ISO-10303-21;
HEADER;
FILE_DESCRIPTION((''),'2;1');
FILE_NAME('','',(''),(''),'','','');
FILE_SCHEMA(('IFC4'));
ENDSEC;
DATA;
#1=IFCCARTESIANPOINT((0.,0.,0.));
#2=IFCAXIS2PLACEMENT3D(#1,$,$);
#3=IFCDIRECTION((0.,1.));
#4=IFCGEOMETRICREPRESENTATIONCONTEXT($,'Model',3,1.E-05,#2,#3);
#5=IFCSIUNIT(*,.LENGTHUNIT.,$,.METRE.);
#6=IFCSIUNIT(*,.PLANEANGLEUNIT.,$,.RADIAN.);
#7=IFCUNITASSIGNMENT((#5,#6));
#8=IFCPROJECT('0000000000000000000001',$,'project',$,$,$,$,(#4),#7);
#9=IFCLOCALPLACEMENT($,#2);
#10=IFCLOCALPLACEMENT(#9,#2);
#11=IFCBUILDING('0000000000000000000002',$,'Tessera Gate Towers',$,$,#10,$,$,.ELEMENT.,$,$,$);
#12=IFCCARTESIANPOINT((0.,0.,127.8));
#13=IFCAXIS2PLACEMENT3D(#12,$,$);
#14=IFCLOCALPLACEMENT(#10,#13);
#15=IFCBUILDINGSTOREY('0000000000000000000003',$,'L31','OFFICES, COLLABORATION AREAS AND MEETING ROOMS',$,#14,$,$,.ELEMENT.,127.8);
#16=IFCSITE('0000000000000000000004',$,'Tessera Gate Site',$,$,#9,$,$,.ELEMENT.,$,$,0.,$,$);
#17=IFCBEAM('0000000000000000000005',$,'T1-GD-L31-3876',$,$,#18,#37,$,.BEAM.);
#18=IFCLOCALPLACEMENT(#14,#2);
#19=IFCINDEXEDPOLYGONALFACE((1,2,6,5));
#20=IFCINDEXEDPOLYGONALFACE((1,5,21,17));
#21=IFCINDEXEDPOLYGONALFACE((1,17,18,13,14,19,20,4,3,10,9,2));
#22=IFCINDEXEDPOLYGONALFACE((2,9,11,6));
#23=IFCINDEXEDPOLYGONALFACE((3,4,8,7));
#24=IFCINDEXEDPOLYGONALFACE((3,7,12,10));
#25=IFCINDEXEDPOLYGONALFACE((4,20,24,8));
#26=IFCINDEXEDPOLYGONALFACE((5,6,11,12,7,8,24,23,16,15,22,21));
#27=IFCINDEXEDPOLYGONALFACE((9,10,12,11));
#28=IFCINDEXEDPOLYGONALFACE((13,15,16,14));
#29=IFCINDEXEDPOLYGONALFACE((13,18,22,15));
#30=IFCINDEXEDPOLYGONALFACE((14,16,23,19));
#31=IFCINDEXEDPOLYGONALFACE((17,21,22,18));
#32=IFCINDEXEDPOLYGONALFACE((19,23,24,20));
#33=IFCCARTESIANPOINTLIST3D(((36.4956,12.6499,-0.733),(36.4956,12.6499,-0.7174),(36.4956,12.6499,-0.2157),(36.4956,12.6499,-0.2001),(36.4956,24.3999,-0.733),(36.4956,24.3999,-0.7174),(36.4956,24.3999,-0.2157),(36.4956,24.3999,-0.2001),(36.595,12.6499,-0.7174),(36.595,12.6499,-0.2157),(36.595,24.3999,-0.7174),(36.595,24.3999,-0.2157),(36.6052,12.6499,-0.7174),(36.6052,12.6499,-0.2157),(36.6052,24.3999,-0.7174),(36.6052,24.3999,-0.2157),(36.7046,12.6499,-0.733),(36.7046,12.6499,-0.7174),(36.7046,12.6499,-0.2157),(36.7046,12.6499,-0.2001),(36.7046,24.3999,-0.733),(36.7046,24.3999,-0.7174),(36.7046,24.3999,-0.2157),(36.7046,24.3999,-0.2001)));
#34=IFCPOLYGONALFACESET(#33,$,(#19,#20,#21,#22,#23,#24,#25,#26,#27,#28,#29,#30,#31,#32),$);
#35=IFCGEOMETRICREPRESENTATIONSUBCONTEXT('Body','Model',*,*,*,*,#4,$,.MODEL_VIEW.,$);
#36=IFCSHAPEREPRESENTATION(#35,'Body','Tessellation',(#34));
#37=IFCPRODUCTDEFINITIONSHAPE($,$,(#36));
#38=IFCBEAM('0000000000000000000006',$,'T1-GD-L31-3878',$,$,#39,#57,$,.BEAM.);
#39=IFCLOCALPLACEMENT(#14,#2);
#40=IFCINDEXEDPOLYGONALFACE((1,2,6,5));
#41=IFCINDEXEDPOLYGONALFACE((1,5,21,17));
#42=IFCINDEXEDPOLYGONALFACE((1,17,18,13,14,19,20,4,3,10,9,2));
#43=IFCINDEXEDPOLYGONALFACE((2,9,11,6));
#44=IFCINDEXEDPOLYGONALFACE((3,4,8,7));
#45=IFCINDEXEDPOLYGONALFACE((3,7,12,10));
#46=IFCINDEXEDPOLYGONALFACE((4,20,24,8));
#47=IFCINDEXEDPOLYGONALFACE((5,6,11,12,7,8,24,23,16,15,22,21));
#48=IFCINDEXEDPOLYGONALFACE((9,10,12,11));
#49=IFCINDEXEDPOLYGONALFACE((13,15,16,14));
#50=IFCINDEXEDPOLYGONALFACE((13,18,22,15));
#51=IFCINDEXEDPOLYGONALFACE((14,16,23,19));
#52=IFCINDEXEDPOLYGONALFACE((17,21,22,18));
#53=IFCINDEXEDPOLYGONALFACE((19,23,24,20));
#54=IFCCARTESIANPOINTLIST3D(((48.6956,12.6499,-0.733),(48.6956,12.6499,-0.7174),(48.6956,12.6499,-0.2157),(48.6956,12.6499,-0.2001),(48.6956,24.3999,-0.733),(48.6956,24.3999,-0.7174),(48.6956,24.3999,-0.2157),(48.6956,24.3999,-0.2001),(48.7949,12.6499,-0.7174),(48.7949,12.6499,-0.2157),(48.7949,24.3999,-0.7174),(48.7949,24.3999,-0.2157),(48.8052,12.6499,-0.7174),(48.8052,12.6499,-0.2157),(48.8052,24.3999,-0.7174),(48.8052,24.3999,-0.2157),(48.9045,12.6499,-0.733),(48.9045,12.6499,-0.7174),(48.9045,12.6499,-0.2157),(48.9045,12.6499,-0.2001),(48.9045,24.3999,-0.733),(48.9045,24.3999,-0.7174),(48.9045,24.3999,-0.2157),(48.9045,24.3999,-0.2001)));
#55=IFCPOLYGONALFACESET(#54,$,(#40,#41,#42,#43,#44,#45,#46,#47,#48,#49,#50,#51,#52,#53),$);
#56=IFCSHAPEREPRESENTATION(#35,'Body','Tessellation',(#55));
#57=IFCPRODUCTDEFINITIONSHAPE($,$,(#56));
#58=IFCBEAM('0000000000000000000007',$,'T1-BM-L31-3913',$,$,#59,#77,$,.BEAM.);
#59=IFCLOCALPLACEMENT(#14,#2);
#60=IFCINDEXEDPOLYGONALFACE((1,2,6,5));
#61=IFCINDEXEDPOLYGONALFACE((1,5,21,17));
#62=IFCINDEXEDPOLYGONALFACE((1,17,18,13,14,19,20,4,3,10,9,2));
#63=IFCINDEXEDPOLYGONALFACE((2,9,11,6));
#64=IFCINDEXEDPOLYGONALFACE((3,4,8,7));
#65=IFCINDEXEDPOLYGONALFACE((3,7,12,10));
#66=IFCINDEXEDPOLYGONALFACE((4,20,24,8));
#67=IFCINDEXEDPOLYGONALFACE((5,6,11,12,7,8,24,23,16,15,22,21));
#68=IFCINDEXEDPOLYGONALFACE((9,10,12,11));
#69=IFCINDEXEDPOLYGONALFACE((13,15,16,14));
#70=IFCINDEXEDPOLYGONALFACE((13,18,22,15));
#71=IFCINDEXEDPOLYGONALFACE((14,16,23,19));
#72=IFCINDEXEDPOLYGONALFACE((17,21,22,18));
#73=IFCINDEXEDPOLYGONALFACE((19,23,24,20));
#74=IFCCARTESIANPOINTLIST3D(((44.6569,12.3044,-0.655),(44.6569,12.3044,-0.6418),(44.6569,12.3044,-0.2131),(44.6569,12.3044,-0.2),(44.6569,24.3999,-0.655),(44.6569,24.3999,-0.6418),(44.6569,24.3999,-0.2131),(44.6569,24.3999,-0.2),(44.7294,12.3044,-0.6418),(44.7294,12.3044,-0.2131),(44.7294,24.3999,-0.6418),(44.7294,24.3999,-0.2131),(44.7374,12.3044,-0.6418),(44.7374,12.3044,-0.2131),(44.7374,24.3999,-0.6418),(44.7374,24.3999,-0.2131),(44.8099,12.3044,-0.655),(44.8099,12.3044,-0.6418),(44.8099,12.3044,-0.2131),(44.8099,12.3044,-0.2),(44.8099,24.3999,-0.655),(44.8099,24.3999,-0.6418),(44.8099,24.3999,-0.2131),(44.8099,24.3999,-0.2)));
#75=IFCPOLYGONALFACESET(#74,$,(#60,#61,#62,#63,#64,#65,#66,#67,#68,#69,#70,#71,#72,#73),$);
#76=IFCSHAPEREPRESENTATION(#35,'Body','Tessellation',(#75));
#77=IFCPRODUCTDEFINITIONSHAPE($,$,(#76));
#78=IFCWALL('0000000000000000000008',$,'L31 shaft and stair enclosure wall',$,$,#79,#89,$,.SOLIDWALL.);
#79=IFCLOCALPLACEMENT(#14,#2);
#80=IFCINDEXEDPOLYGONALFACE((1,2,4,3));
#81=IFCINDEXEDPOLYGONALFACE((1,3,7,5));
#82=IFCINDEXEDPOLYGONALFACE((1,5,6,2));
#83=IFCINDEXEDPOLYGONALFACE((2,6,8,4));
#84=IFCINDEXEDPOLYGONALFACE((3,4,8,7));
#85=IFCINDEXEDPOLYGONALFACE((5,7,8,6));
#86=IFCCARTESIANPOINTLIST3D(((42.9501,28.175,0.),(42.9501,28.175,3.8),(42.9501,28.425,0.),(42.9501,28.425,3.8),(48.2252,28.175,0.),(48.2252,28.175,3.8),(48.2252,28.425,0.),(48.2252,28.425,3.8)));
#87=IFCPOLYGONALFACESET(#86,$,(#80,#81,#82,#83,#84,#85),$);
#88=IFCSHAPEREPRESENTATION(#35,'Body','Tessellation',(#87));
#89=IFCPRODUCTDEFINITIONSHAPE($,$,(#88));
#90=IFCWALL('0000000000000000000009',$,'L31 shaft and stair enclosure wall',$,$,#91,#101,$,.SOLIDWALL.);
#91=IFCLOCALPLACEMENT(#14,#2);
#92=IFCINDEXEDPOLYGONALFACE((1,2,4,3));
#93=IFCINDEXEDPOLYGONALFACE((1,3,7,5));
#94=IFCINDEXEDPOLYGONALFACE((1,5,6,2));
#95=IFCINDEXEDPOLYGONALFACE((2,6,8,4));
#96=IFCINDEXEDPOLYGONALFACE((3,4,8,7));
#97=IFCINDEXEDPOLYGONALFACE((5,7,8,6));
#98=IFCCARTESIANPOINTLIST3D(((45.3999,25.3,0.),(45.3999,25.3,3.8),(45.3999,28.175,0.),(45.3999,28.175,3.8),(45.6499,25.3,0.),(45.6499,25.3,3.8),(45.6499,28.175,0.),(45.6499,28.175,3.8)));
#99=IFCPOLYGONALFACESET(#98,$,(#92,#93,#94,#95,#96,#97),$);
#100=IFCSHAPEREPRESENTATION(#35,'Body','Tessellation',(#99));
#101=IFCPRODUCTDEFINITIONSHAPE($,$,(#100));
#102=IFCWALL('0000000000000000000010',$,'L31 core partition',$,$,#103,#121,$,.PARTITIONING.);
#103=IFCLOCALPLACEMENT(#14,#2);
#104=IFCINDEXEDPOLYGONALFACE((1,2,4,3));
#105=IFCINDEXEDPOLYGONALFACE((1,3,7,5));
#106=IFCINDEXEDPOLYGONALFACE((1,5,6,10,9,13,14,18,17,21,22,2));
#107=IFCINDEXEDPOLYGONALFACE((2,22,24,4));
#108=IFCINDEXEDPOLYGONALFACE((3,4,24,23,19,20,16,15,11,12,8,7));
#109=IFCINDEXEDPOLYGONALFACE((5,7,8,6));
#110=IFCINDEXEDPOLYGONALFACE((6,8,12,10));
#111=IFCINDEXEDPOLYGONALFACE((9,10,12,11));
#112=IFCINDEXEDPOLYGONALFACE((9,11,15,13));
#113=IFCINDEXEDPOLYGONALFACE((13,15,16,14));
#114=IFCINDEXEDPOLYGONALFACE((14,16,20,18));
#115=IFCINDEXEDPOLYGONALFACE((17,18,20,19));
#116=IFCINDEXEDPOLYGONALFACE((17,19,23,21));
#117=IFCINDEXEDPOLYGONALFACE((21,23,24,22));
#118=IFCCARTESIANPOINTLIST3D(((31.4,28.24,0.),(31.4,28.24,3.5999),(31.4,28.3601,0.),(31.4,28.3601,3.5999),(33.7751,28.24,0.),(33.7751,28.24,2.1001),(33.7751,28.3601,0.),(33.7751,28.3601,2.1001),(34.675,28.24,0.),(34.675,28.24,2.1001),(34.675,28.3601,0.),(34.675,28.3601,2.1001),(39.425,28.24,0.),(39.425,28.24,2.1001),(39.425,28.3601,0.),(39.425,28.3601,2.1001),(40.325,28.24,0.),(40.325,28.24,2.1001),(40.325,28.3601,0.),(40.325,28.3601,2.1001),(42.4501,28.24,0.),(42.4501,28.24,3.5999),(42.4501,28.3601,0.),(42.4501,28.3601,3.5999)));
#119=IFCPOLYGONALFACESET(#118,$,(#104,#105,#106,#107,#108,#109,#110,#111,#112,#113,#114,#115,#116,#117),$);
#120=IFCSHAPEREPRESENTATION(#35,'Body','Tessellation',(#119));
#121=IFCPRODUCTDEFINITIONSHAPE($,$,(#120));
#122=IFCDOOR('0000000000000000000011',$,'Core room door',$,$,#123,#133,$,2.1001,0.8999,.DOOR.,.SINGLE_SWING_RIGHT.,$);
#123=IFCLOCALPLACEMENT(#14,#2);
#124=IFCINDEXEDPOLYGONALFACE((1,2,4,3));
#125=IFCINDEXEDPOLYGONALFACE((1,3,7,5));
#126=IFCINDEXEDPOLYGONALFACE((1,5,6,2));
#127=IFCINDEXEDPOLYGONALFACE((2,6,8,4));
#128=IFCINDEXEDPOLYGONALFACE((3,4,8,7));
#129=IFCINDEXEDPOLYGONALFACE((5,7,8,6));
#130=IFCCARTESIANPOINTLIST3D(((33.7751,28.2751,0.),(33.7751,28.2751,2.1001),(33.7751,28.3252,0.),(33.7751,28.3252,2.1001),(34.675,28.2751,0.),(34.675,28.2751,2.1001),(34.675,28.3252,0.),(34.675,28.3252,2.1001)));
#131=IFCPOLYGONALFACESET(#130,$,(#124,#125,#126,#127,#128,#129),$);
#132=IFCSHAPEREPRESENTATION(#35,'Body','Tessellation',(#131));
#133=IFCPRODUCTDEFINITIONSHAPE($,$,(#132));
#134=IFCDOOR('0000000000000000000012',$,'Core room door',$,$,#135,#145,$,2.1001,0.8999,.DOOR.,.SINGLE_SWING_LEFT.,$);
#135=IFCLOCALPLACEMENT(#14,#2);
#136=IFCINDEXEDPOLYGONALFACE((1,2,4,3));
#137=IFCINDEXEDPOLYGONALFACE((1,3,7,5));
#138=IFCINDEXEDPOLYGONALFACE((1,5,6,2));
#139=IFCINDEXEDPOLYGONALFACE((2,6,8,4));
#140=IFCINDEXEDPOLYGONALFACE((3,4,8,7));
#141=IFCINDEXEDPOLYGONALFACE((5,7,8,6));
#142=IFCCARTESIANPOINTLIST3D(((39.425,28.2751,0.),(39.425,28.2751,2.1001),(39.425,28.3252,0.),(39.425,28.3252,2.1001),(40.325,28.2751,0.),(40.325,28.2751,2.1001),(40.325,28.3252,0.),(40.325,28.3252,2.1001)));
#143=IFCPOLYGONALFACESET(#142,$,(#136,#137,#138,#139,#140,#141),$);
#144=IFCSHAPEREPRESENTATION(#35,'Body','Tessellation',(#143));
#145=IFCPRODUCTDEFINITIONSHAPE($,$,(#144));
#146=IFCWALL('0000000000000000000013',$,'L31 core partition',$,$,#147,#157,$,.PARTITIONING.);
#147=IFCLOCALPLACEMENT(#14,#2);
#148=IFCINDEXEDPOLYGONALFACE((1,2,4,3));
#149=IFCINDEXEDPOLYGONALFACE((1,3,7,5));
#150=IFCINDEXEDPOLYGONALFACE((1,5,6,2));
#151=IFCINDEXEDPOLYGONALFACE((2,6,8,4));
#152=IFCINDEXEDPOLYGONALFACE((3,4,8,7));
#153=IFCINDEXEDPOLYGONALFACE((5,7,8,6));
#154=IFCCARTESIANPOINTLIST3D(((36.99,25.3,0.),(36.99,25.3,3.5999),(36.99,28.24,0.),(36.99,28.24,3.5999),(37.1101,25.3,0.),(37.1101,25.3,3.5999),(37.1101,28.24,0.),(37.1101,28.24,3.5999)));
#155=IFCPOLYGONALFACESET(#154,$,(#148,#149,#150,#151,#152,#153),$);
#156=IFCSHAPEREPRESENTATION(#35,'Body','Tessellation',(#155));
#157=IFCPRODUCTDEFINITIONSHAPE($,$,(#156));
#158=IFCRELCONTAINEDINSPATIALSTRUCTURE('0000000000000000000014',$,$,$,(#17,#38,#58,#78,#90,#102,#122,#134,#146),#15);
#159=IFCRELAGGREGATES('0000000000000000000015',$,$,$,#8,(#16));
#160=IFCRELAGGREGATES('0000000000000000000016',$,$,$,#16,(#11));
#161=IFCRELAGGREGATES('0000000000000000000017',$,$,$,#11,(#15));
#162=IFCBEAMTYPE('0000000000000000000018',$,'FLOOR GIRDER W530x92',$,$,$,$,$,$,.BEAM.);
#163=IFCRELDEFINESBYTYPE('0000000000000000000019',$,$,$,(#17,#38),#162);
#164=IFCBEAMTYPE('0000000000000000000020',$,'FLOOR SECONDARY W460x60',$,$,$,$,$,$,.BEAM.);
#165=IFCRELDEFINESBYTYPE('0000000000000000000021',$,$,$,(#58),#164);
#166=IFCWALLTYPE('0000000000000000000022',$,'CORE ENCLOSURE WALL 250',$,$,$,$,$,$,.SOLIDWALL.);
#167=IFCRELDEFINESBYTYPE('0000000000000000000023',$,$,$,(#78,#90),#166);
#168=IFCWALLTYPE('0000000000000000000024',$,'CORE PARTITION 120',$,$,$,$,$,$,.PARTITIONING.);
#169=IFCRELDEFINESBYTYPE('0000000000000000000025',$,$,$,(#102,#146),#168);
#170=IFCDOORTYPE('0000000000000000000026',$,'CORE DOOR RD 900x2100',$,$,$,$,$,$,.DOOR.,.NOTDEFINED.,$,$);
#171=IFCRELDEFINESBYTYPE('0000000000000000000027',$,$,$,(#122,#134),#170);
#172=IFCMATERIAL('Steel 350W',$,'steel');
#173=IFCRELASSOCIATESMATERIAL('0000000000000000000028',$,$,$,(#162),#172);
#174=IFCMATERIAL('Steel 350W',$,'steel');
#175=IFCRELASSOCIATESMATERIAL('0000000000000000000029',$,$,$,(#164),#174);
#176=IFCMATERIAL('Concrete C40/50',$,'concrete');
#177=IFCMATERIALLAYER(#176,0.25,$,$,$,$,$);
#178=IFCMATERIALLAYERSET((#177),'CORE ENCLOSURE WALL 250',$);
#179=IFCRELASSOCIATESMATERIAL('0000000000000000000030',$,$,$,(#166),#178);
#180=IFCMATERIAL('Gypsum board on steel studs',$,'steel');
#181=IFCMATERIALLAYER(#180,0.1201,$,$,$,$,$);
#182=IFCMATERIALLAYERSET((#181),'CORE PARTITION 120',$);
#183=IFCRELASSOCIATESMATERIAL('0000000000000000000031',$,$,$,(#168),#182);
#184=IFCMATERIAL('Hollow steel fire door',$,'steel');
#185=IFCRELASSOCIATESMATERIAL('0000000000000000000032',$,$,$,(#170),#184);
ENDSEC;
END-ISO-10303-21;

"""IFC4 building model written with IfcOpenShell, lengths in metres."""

from ifc_helpers import new_model, si_unit, direction, frame, frame_2d, origin, origin_2d, place, context, subcontext, project, spatial, rectangle, i_section, extrude, source, transform, mapped, material, layer, layer_set, material_profile, profile_set, type_object, element, fill, save


model = new_model("IFC4")

# Units and contexts
model_context = context("Model", 3, precision=1e-05, world=origin(), true_north=direction((0.0, 1.0)))
body_context = subcontext(model_context, "Body", "Model", "MODEL_VIEW")
ifc_project = project(units=[si_unit("LENGTHUNIT", "METRE"), si_unit("PLANEANGLEUNIT", "RADIAN")], contexts=[model_context])

# Site, building, storey
site_placement = place(None, origin())
site = spatial("IfcSite", under=ifc_project, at=site_placement, Name="Tessera Gate Site", CompositionType="ELEMENT", RefElevation=0.0)
building_placement = place(site_placement, origin())
building = spatial("IfcBuilding", under=site, at=building_placement, Name="Tessera Gate Towers", CompositionType="ELEMENT")
storey_placement = place(building_placement, frame((0.0, 0.0, 127.8)))
storey = spatial("IfcBuildingStorey", under=building, at=storey_placement, Name="L31", Description="OFFICES, COLLABORATION AREAS AND MEETING ROOMS", CompositionType="ELEMENT", Elevation=127.8)

# Beams
ifc_material_1 = material(Name="Steel 350W", Category="steel")
ifc_material_profile_1 = material_profile(ifc_material_1, i_section(OverallWidth=0.209, OverallDepth=0.533, WebThickness=0.0103, FlangeThickness=0.0156, at=origin_2d()), Name="W530x92")
ifc_profile_set_1 = profile_set([ifc_material_profile_1], Name="Steel 350W")
beam_type_1 = type_object("IfcBeamType", Name="FLOOR GIRDER W530x92", PredefinedType="BEAM", material=ifc_profile_set_1)
for number, where, z_axis, x_axis, name in (
    (1, (36.6001, 12.6499, -0.4666), (0.0, 1.0, 0.0), (-1.0, 0.0, 0.0), "T1-GD-L31-3876"),
    (2, (48.8, 12.6499, -0.4666), (0.0, 1.0, 0.0), (-1.0, 0.0, 0.0), "T1-GD-L31-3878"),
):
    element("IfcBeam", number, at=place(storey_placement, frame(where, z_axis=z_axis, x_axis=x_axis)), inside=storey, type_object=beam_type_1, Name=name, PredefinedType="BEAM", context=body_context, shape_type="SweptSolid", body=[
        extrude(i_section(OverallWidth=0.209, OverallDepth=0.533, WebThickness=0.0103, FlangeThickness=0.0156, at=origin_2d()), origin(), (0.0, 0.0, 1.0), 11.75),
    ])
ifc_material_2 = material(Name="Steel 350W", Category="steel")
ifc_material_profile_2 = material_profile(ifc_material_2, i_section(OverallWidth=0.1531, OverallDepth=0.4551, WebThickness=0.0081, FlangeThickness=0.0132, at=origin_2d()), Name="W460x60")
ifc_profile_set_2 = profile_set([ifc_material_profile_2], Name="Steel 350W")
beam_type_2 = type_object("IfcBeamType", Name="FLOOR SECONDARY W460x60", PredefinedType="BEAM", material=ifc_profile_set_2)
beam_placement = place(storey_placement, frame((44.7334, 12.3044, -0.4275), z_axis=(0.0, 1.0, 0.0), x_axis=(-1.0, 0.0, 0.0)))
element("IfcBeam", 3, at=beam_placement, inside=storey, type_object=beam_type_2, Name="T1-BM-L31-3913", PredefinedType="BEAM", context=body_context, shape_type="SweptSolid", body=[
    extrude(i_section(OverallWidth=0.1531, OverallDepth=0.4551, WebThickness=0.0081, FlangeThickness=0.0132, at=origin_2d()), origin(), (0.0, 0.0, 1.0), 12.0955),
])

# Walls
ifc_material_3 = material(Name="Concrete C40/50", Category="concrete")
ifc_layer_1 = layer(ifc_material_3, 0.25)
ifc_layer_set_1 = layer_set([ifc_layer_1], Name="CORE ENCLOSURE WALL 250")
wall_type_1 = type_object("IfcWallType", Name="CORE ENCLOSURE WALL 250", PredefinedType="SOLIDWALL", material=ifc_layer_set_1)
wall_1_placement = place(storey_placement, frame((42.95, 28.3, 0.0), z_axis=(0.0, 0.0, 1.0), x_axis=(1.0, 0.0, 0.0)))
element("IfcWall", 4, at=wall_1_placement, inside=storey, type_object=wall_type_1, Name="L31 shaft and stair enclosure wall", PredefinedType="SOLIDWALL", context=body_context, shape_type="SweptSolid", body=[
    extrude(rectangle(XDim=5.2751, YDim=0.25, at=frame_2d((2.6377, 0.0))), origin(), (0.0, 0.0, 1.0), 3.8),
])
wall_2_placement = place(storey_placement, frame((45.5249, 25.3, 0.0), z_axis=(0.0, 0.0, 1.0), x_axis=(0.0, 1.0, 0.0)))
element("IfcWall", 5, at=wall_2_placement, inside=storey, type_object=wall_type_1, Name="L31 shaft and stair enclosure wall", PredefinedType="SOLIDWALL", context=body_context, shape_type="SweptSolid", body=[
    extrude(rectangle(XDim=2.875, YDim=0.25, at=frame_2d((1.4375, 0.0))), origin(), (0.0, 0.0, 1.0), 3.8),
])

# Wall, openings, doors
ifc_material_4 = material(Name="Gypsum board on steel studs", Category="steel")
ifc_layer_2 = layer(ifc_material_4, 0.1201)
ifc_layer_set_2 = layer_set([ifc_layer_2], Name="CORE PARTITION 120")
wall_type_2 = type_object("IfcWallType", Name="CORE PARTITION 120", PredefinedType="PARTITIONING", material=ifc_layer_set_2)
wall_3_placement = place(storey_placement, frame((42.45, 28.3, 0.0), z_axis=(0.0, 0.0, 1.0), x_axis=(-1.0, 0.0, 0.0)))
wall_3 = element("IfcWall", 6, at=wall_3_placement, inside=storey, type_object=wall_type_2, Name="L31 core partition", PredefinedType="PARTITIONING", context=body_context, shape_type="SweptSolid", body=[
    extrude(rectangle(XDim=11.05, YDim=0.1201, at=frame_2d((5.5249, 0.0))), origin(), (0.0, 0.0, 1.0), 3.5999),
])
shared_shape_1 = source(origin(), body_context, "Body", "SweptSolid", [
    extrude(rectangle(XDim=0.8999, YDim=2.1001, at=frame_2d((0.45, 1.05))), frame((0.0, 0.0701, 0.0), z_axis=(0.0, -1.0, 0.0), x_axis=(1.0, 0.0, 0.0)), (0.0, 0.0, 1.0), 0.1401),
])
opening_1_placement = place(wall_3_placement, frame((7.7749, 0.0, 0.0)))
opening_1 = element("IfcOpeningElement", 7, at=opening_1_placement, cuts=wall_3, PredefinedType="OPENING", context=body_context, shape_type="MappedRepresentation", body=[
    mapped(shared_shape_1, transform((0.0, 0.0, 0.0), scale=1.0)),
])
opening_2_placement = place(wall_3_placement, frame((2.125, 0.0, 0.0)))
opening_2 = element("IfcOpeningElement", 8, at=opening_2_placement, cuts=wall_3, PredefinedType="OPENING", context=body_context, shape_type="MappedRepresentation", body=[
    mapped(shared_shape_1, transform((0.0, 0.0, 0.0), scale=1.0)),
])
ifc_material_5 = material(Name="Hollow steel fire door", Category="steel")
door_type_1 = type_object("IfcDoorType", Name="CORE DOOR RD 900x2100", OperationType="NOTDEFINED", PredefinedType="DOOR", material=ifc_material_5)
shared_shape_2 = source(origin(), body_context, "Body", "SweptSolid", [
    extrude(rectangle(XDim=0.8999, YDim=2.1001, at=frame_2d((0.45, 1.05))), frame((0.0, 0.0249, 0.0), z_axis=(0.0, -1.0, 0.0), x_axis=(1.0, 0.0, 0.0)), (0.0, 0.0, 1.0), 0.05),
])
door_1_placement = place(opening_1_placement, origin())
door_1 = element("IfcDoor", 9, at=door_1_placement, inside=storey, type_object=door_type_1, Name="Core room door", OperationType="SINGLE_SWING_RIGHT", OverallHeight=2.1001, OverallWidth=0.8999, PredefinedType="DOOR", context=body_context, shape_type="MappedRepresentation", body=[
    mapped(shared_shape_2, transform((0.0, 0.0, 0.0), scale=1.0)),
])
fill(opening_1, door_1)
door_2_placement = place(opening_2_placement, origin())
door_2 = element("IfcDoor", 10, at=door_2_placement, inside=storey, type_object=door_type_1, Name="Core room door", OperationType="SINGLE_SWING_LEFT", OverallHeight=2.1001, OverallWidth=0.8999, PredefinedType="DOOR", context=body_context, shape_type="MappedRepresentation", body=[
    mapped(shared_shape_2, transform((0.0, 0.0, 0.0), scale=1.0)),
])
fill(opening_2, door_2)

# Wall
wall_4_placement = place(storey_placement, frame((37.05, 25.3, 0.0), z_axis=(0.0, 0.0, 1.0), x_axis=(0.0, 1.0, 0.0)))
element("IfcWall", 11, at=wall_4_placement, inside=storey, type_object=wall_type_2, Name="L31 core partition", PredefinedType="PARTITIONING", context=body_context, shape_type="SweptSolid", body=[
    extrude(rectangle(XDim=2.9399, YDim=0.1201, at=frame_2d((1.47, 0.0))), origin(), (0.0, 0.0, 1.0), 3.5999),
])

save(model, "model.ifc")
